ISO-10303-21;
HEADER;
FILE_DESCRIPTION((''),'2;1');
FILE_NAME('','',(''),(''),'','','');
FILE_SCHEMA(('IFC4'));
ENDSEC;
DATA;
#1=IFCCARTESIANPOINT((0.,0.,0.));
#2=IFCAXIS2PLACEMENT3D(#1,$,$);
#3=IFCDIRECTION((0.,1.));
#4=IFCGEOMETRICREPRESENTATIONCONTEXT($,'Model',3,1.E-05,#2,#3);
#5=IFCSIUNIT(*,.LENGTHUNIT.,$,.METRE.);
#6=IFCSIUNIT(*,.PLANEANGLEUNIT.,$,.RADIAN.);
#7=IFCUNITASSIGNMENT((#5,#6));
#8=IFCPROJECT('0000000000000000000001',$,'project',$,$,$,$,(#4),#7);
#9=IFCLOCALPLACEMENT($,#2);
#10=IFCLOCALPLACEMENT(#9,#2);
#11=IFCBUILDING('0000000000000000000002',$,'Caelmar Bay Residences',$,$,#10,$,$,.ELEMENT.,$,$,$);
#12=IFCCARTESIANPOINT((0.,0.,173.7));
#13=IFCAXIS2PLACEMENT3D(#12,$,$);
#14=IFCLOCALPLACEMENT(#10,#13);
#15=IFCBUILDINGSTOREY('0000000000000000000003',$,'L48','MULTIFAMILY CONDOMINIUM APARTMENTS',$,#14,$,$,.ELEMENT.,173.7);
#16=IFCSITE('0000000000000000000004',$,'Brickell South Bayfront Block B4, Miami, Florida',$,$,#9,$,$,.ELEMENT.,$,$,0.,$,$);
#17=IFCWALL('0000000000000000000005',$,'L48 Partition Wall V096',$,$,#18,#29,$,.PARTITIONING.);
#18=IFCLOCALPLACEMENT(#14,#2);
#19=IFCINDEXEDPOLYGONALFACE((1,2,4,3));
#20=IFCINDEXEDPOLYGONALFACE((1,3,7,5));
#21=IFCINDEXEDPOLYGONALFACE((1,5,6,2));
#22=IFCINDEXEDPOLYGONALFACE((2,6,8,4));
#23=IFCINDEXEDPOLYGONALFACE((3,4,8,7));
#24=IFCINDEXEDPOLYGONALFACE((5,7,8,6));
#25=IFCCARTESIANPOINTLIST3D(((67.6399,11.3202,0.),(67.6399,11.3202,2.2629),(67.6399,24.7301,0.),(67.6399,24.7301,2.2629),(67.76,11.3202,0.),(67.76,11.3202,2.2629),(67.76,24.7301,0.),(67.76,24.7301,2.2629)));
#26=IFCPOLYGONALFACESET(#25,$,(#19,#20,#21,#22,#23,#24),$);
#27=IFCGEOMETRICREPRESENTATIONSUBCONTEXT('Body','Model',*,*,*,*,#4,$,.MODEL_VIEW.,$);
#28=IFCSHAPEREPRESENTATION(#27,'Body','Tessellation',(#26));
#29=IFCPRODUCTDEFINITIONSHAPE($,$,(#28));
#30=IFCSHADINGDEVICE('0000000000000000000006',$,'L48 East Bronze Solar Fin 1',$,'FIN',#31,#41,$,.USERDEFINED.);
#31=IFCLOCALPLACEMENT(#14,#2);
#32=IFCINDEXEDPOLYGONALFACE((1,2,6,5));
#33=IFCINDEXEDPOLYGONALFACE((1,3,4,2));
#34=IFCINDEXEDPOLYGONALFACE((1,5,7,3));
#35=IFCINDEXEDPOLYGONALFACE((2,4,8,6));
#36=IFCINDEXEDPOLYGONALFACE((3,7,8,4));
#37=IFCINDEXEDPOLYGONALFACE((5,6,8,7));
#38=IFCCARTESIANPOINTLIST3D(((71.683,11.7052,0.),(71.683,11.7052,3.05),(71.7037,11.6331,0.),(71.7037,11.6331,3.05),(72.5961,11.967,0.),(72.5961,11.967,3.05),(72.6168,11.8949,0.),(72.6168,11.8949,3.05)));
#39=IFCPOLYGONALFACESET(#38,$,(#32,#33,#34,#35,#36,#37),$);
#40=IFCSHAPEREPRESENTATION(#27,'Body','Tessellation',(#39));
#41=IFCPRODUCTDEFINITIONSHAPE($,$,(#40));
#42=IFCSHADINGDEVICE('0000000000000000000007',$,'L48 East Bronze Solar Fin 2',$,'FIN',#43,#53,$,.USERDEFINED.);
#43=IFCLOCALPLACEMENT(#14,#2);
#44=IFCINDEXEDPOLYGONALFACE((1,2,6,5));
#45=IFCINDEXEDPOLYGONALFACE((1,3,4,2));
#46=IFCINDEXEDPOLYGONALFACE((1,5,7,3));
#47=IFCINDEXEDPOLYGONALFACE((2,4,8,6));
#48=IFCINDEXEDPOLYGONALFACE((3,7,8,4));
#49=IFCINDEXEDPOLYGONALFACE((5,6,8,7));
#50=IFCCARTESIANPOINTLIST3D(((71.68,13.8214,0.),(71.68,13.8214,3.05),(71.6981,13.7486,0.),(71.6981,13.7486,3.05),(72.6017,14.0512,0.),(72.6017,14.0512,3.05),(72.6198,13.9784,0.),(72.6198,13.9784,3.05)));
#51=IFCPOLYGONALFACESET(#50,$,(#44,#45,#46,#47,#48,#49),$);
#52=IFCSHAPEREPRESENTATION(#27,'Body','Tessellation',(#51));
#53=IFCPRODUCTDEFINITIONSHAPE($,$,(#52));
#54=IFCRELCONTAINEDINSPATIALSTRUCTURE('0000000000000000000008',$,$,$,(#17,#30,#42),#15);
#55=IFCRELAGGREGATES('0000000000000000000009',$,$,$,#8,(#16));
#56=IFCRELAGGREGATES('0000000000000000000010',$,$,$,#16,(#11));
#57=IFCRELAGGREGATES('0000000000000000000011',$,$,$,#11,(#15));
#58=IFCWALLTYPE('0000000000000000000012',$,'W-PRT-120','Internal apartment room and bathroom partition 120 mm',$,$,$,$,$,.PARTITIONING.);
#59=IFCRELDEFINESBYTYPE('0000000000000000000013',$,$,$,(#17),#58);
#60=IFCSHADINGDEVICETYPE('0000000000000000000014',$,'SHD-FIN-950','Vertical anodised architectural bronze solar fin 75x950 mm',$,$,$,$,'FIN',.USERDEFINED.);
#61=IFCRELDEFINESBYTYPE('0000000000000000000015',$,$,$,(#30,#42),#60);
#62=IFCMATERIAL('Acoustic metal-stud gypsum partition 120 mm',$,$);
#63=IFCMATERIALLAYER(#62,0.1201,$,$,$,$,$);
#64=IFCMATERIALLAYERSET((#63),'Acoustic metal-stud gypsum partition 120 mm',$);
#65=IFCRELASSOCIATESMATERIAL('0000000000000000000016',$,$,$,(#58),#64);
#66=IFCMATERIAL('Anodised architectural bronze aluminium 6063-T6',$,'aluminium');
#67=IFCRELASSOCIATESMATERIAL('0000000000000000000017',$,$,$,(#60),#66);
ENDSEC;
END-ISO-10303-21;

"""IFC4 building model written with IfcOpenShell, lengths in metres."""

from ifc_helpers import new_model, si_unit, direction, frame, frame_2d, origin, origin_2d, place, context, subcontext, project, spatial, rectangle, extrude, material, layer, layer_set, material_profile, profile_set, type_object, element, save


model = new_model("IFC4")

# Units and contexts
model_context = context("Model", 3, precision=1e-05, world=origin(), true_north=direction((0.0, 1.0)))
body_context = subcontext(model_context, "Body", "Model", "MODEL_VIEW")
ifc_project = project(units=[si_unit("LENGTHUNIT", "METRE"), si_unit("PLANEANGLEUNIT", "RADIAN")], contexts=[model_context])

# Site, building, storey
site_placement = place(None, origin())
site = spatial("IfcSite", under=ifc_project, at=site_placement, Name="Brickell South Bayfront Block B4, Miami, Florida", CompositionType="ELEMENT", RefElevation=0.0)
building_placement = place(site_placement, origin())
building = spatial("IfcBuilding", under=site, at=building_placement, Name="Caelmar Bay Residences", CompositionType="ELEMENT")
storey_placement = place(building_placement, frame((0.0, 0.0, 173.7)))
storey = spatial("IfcBuildingStorey", under=building, at=storey_placement, Name="L48", Description="MULTIFAMILY CONDOMINIUM APARTMENTS", CompositionType="ELEMENT", Elevation=173.7)

# Wall
ifc_material_1 = material(Name="Acoustic metal-stud gypsum partition 120 mm")
ifc_layer_1 = layer(ifc_material_1, 0.1201)
ifc_layer_set_1 = layer_set([ifc_layer_1], Name="Acoustic metal-stud gypsum partition 120 mm")
wall_type_1 = type_object("IfcWallType", Name="W-PRT-120", Description="Internal apartment room and bathroom partition 120 mm", PredefinedType="PARTITIONING", material=ifc_layer_set_1)
wall_1_placement = place(storey_placement, frame((67.7, 11.3201, 0.0), z_axis=(0.0, 0.0, 1.0), x_axis=(0.0, 1.0, 0.0)))
element("IfcWall", 1, at=wall_1_placement, inside=storey, type_object=wall_type_1, Name="L48 Partition Wall V096", PredefinedType="PARTITIONING", context=body_context, shape_type="SweptSolid", body=[
    extrude(rectangle(XDim=13.4099, YDim=0.1201, at=frame_2d((6.7051, 0.0))), origin(), (0.0, 0.0, 1.0), 2.2629),
])

# Shading devices
ifc_material_2 = material(Name="Anodised architectural bronze aluminium 6063-T6", Category="aluminium")
ifc_material_profile_1 = material_profile(ifc_material_2, rectangle(XDim=0.075, YDim=0.95, at=origin_2d()), Name="BRONZE-FIN-75X950")
ifc_profile_set_1 = profile_set([ifc_material_profile_1], Name="Anodised architectural bronze aluminium 6063-T6")
shading_device_type = type_object("IfcShadingDeviceType", Name="SHD-FIN-950", Description="Vertical anodised architectural bronze solar fin 75x950 mm", ElementType="FIN", PredefinedType="USERDEFINED", material=ifc_profile_set_1)
for number, where, z_axis, x_axis, name in (
    (2, (72.1499, 11.8, 0.0), (0.0, 0.0, 1.0), (-0.275637, 0.961262, 0.0), "L48 East Bronze Solar Fin 1"),
    (3, (72.1499, 13.8999, 0.0), (0.0, 0.0, 1.0), (-0.241922, 0.970296, 0.0), "L48 East Bronze Solar Fin 2"),
):
    element("IfcShadingDevice", number, at=place(storey_placement, frame(where, z_axis=z_axis, x_axis=x_axis)), inside=storey, type_object=shading_device_type, Name=name, ObjectType="FIN", PredefinedType="USERDEFINED", context=body_context, shape_type="SweptSolid", body=[
        extrude(rectangle(XDim=0.075, YDim=0.95, at=origin_2d()), origin(), (0.0, 0.0, 1.0), 3.05),
    ])

save(model, "model.ifc")
